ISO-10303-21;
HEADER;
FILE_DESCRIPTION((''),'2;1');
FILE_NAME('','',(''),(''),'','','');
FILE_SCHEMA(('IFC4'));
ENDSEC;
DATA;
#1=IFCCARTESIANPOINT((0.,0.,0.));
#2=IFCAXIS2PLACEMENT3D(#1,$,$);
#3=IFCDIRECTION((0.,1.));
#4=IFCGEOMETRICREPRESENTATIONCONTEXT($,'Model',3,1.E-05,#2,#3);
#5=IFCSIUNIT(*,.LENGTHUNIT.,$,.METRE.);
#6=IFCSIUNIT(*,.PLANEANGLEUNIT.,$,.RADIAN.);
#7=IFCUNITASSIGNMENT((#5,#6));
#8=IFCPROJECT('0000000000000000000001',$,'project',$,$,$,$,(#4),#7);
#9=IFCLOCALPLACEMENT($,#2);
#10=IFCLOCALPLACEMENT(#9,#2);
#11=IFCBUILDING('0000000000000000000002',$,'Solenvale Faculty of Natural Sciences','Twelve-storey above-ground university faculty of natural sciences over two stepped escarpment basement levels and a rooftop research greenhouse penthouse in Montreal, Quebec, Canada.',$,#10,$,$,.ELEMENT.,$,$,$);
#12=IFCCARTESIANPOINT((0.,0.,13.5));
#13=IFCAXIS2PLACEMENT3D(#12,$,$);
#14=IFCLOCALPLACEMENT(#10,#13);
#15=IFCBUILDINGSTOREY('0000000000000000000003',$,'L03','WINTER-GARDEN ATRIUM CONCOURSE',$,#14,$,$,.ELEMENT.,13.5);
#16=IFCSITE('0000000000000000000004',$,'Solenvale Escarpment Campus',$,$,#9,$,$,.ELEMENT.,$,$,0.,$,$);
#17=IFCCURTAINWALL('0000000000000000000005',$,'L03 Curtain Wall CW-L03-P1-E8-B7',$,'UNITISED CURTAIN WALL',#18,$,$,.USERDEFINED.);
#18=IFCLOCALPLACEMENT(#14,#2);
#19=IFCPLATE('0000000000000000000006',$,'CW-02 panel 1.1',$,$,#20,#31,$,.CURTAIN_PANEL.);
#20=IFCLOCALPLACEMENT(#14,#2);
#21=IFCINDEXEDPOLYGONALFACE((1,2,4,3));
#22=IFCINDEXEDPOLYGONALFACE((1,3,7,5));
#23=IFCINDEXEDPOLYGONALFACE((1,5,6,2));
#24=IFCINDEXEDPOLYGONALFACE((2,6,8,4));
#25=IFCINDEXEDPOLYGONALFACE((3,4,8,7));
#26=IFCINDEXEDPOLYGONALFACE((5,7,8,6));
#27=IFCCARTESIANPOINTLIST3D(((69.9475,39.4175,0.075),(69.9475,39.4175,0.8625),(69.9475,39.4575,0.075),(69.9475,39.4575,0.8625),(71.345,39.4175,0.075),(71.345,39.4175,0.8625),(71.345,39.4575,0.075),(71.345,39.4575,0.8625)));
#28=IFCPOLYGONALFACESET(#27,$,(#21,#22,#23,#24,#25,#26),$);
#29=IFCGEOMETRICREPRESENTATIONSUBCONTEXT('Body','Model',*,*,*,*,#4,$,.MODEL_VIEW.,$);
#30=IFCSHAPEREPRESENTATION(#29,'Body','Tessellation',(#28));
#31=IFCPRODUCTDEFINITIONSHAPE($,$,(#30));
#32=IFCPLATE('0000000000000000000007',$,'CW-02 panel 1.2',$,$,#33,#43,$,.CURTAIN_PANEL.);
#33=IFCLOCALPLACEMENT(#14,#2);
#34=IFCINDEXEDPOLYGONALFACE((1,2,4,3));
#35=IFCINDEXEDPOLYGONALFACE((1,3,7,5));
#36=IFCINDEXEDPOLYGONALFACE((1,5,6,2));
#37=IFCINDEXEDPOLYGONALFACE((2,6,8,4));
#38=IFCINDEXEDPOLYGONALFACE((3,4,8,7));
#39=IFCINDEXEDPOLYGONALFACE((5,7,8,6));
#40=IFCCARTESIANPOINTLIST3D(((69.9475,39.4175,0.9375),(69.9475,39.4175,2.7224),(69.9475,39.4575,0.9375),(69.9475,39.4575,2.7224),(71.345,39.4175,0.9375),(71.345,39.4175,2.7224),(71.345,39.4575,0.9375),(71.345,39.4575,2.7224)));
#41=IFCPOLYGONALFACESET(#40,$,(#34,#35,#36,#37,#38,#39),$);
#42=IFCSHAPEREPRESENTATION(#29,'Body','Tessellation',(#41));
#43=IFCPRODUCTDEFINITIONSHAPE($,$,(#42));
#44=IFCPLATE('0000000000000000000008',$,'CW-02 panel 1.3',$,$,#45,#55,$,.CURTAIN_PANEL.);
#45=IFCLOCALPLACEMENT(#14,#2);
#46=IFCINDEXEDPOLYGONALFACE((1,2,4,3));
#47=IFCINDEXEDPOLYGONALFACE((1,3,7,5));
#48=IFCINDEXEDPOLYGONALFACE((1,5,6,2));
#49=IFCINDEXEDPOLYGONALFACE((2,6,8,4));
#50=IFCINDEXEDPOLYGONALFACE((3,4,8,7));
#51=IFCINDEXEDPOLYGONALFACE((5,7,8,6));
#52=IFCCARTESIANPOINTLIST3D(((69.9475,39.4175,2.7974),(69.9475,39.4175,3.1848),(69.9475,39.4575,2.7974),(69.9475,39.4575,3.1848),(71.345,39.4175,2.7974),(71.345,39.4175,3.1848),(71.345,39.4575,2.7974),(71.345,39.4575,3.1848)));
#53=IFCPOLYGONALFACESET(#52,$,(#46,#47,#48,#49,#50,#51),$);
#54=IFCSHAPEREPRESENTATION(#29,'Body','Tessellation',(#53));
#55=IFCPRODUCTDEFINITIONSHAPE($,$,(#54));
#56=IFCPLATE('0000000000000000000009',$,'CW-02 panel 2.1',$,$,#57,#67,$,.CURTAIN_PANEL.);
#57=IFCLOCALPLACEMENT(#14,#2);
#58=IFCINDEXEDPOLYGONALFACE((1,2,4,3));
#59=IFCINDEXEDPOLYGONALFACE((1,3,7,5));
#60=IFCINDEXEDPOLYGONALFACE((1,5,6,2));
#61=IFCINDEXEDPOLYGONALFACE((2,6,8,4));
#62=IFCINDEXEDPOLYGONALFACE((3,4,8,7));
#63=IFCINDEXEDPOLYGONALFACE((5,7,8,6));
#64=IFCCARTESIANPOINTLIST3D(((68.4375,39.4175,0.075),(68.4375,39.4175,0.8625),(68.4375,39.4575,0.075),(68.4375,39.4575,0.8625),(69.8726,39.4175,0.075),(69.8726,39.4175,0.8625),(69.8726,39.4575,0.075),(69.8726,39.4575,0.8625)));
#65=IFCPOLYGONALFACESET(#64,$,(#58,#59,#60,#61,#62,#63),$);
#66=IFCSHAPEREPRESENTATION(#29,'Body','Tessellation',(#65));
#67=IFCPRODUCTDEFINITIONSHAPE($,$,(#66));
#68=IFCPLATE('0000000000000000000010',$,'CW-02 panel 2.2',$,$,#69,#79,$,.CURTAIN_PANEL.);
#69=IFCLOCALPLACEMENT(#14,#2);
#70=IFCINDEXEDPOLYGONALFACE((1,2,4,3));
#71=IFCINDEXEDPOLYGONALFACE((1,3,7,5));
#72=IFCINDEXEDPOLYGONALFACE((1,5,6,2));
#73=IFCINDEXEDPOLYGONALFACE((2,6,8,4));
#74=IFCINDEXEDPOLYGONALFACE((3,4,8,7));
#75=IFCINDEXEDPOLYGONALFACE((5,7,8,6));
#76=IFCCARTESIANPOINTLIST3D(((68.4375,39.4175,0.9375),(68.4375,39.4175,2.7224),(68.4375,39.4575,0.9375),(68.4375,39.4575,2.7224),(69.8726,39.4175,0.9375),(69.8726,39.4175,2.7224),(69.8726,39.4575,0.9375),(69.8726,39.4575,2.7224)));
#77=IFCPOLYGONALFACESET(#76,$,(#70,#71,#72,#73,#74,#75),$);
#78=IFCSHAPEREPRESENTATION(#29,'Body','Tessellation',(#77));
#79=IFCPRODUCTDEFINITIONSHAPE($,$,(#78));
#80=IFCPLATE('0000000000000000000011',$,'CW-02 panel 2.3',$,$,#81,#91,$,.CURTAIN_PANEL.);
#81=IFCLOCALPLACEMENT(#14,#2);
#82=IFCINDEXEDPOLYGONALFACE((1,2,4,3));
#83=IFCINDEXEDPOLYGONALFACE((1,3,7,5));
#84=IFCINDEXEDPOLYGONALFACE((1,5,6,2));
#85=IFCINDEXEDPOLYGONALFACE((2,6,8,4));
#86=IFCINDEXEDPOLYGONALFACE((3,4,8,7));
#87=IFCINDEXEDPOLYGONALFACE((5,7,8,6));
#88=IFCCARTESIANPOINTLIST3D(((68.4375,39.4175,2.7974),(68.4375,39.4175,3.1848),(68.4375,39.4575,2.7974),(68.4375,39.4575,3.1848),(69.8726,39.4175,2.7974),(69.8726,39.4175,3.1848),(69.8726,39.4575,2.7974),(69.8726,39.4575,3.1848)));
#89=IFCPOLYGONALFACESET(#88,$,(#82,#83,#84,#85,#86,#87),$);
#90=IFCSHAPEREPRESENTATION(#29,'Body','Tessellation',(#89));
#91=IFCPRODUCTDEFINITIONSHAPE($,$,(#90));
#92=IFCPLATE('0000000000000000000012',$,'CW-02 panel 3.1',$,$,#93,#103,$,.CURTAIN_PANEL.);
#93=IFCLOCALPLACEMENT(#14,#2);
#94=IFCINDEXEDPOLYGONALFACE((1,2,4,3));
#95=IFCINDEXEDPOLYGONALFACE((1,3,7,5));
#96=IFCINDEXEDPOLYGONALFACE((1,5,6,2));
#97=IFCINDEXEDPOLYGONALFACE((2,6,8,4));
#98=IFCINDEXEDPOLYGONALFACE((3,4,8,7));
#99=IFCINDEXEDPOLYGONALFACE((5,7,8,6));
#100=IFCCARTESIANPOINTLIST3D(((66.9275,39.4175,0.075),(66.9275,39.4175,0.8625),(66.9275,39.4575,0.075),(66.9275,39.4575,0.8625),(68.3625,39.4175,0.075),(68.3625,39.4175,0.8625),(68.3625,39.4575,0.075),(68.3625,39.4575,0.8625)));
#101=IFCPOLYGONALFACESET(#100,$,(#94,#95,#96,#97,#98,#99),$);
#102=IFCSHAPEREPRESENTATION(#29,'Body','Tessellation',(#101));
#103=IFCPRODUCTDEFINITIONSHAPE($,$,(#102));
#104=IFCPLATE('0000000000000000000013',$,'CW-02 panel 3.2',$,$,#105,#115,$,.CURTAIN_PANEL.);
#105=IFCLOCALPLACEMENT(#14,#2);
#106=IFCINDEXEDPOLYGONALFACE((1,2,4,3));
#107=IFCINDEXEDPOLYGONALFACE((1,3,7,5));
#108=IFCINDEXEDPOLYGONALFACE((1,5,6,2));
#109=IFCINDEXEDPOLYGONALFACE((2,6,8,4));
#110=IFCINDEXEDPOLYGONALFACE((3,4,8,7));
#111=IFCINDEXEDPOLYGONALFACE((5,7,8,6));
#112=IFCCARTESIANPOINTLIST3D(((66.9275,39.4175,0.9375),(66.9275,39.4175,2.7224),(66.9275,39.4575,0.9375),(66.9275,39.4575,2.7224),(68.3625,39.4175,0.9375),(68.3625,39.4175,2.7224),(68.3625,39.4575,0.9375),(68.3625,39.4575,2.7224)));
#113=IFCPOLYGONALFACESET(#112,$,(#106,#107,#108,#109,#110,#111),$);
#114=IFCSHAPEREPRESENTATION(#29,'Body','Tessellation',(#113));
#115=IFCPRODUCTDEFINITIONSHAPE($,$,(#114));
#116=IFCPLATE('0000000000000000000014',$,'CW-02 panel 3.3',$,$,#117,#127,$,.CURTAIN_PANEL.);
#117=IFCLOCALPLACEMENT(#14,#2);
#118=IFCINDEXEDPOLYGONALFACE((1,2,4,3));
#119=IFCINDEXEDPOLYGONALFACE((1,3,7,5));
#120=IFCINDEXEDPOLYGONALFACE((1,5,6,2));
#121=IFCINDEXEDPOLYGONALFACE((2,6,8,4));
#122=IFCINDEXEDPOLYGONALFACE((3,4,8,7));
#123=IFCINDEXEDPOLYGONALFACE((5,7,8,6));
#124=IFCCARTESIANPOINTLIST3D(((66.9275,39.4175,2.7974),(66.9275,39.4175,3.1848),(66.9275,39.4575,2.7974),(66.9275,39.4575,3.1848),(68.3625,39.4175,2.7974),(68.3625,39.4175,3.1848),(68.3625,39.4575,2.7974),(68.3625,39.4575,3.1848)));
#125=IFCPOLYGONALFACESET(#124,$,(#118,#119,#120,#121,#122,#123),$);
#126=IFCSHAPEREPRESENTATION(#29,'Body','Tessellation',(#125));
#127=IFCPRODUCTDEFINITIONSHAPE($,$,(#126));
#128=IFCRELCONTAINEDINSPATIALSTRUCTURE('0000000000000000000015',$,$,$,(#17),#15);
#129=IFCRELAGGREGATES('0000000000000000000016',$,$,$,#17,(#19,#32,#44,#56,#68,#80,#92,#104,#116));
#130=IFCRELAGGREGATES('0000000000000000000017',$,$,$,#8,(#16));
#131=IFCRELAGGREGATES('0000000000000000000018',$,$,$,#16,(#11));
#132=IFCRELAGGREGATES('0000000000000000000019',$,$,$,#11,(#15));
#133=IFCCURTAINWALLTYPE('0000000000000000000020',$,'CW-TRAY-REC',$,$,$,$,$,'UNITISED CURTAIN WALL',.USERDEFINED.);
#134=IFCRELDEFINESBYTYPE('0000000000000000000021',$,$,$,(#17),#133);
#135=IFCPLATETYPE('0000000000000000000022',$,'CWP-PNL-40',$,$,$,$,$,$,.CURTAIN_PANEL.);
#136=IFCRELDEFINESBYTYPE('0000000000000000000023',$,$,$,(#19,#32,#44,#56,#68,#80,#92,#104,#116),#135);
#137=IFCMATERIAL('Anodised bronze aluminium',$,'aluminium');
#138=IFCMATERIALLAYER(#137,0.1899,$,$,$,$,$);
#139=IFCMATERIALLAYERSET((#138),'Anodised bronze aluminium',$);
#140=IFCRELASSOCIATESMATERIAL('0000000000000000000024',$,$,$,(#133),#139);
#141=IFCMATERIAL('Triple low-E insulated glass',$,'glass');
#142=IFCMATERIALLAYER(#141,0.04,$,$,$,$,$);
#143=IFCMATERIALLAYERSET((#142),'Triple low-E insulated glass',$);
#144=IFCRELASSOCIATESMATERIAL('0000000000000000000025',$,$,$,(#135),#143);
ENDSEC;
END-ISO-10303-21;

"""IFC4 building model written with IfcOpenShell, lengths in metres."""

from ifc_helpers import new_model, si_unit, direction, frame, origin, origin_2d, place, context, subcontext, project, spatial, rectangle, extrude, material, layer, layer_set, type_object, element, aggregate, save


model = new_model("IFC4")

# Units and contexts
model_context = context("Model", 3, precision=1e-05, world=origin(), true_north=direction((0.0, 1.0)))
body_context = subcontext(model_context, "Body", "Model", "MODEL_VIEW")
ifc_project = project(units=[si_unit("LENGTHUNIT", "METRE"), si_unit("PLANEANGLEUNIT", "RADIAN")], contexts=[model_context])

# Site, building, storey
site_placement = place(None, origin())
site = spatial("IfcSite", under=ifc_project, at=site_placement, Name="Solenvale Escarpment Campus", CompositionType="ELEMENT", RefElevation=0.0)
building_placement = place(site_placement, origin())
building = spatial("IfcBuilding", under=site, at=building_placement, Name="Solenvale Faculty of Natural Sciences", Description="Twelve-storey above-ground university faculty of natural sciences over two stepped escarpment basement levels and a rooftop research greenhouse penthouse in Montreal, Quebec, Canada.", CompositionType="ELEMENT")
storey_placement = place(building_placement, frame((0.0, 0.0, 13.5)))
storey = spatial("IfcBuildingStorey", under=building, at=storey_placement, Name="L03", Description="WINTER-GARDEN ATRIUM CONCOURSE", CompositionType="ELEMENT", Elevation=13.5)

# Curtain wall, plates
ifc_material_1 = material(Name="Anodised bronze aluminium", Category="aluminium")
ifc_layer_1 = layer(ifc_material_1, 0.1899)
ifc_layer_set_1 = layer_set([ifc_layer_1], Name="Anodised bronze aluminium")
curtain_wall_type = type_object("IfcCurtainWallType", Name="CW-TRAY-REC", ElementType="UNITISED CURTAIN WALL", PredefinedType="USERDEFINED", material=ifc_layer_set_1)
curtain_wall_placement = place(storey_placement, origin())
curtain_wall = element("IfcCurtainWall", 1, at=curtain_wall_placement, inside=storey, type_object=curtain_wall_type, Name="L03 Curtain Wall CW-L03-P1-E8-B7", ObjectType="UNITISED CURTAIN WALL", PredefinedType="USERDEFINED")
ifc_material_2 = material(Name="Triple low-E insulated glass", Category="glass")
ifc_layer_2 = layer(ifc_material_2, 0.04)
ifc_layer_set_2 = layer_set([ifc_layer_2], Name="Triple low-E insulated glass")
plate_type = type_object("IfcPlateType", Name="CWP-PNL-40", PredefinedType="CURTAIN_PANEL", material=ifc_layer_set_2)
plate_1_placement = place(storey_placement, frame((70.6462, 39.4375, 0.075), z_axis=(0.0, 0.0, 1.0), x_axis=(-1.0, 0.0, 0.0)))
plate_1 = element("IfcPlate", 2, at=plate_1_placement, type_object=plate_type, Name="CW-02 panel 1.1", PredefinedType="CURTAIN_PANEL", context=body_context, shape_type="SweptSolid", body=[
    extrude(rectangle(XDim=1.3975, YDim=0.04, at=origin_2d()), origin(), (0.0, 0.0, 1.0), 0.7876),
])
plate_2_placement = place(storey_placement, frame((70.6462, 39.4375, 0.9375), z_axis=(0.0, 0.0, 1.0), x_axis=(-1.0, 0.0, 0.0)))
plate_2 = element("IfcPlate", 3, at=plate_2_placement, type_object=plate_type, Name="CW-02 panel 1.2", PredefinedType="CURTAIN_PANEL", context=body_context, shape_type="SweptSolid", body=[
    extrude(rectangle(XDim=1.3975, YDim=0.04, at=origin_2d()), origin(), (0.0, 0.0, 1.0), 1.7849),
])
plate_3_placement = place(storey_placement, frame((70.6462, 39.4375, 2.7974), z_axis=(0.0, 0.0, 1.0), x_axis=(-1.0, 0.0, 0.0)))
plate_3 = element("IfcPlate", 4, at=plate_3_placement, type_object=plate_type, Name="CW-02 panel 1.3", PredefinedType="CURTAIN_PANEL", context=body_context, shape_type="SweptSolid", body=[
    extrude(rectangle(XDim=1.3975, YDim=0.04, at=origin_2d()), origin(), (0.0, 0.0, 1.0), 0.3875),
])
plate_4_placement = place(storey_placement, frame((69.155, 39.4375, 0.075), z_axis=(0.0, 0.0, 1.0), x_axis=(-1.0, 0.0, 0.0)))
plate_4 = element("IfcPlate", 5, at=plate_4_placement, type_object=plate_type, Name="CW-02 panel 2.1", PredefinedType="CURTAIN_PANEL", context=body_context, shape_type="SweptSolid", body=[
    extrude(rectangle(XDim=1.4351, YDim=0.04, at=origin_2d()), origin(), (0.0, 0.0, 1.0), 0.7876),
])
plate_5_placement = place(storey_placement, frame((69.155, 39.4375, 0.9375), z_axis=(0.0, 0.0, 1.0), x_axis=(-1.0, 0.0, 0.0)))
plate_5 = element("IfcPlate", 6, at=plate_5_placement, type_object=plate_type, Name="CW-02 panel 2.2", PredefinedType="CURTAIN_PANEL", context=body_context, shape_type="SweptSolid", body=[
    extrude(rectangle(XDim=1.4351, YDim=0.04, at=origin_2d()), origin(), (0.0, 0.0, 1.0), 1.7849),
])
plate_6_placement = place(storey_placement, frame((69.155, 39.4375, 2.7974), z_axis=(0.0, 0.0, 1.0), x_axis=(-1.0, 0.0, 0.0)))
plate_6 = element("IfcPlate", 7, at=plate_6_placement, type_object=plate_type, Name="CW-02 panel 2.3", PredefinedType="CURTAIN_PANEL", context=body_context, shape_type="SweptSolid", body=[
    extrude(rectangle(XDim=1.4351, YDim=0.04, at=origin_2d()), origin(), (0.0, 0.0, 1.0), 0.3875),
])
plate_7_placement = place(storey_placement, frame((67.645, 39.4375, 0.075), z_axis=(0.0, 0.0, 1.0), x_axis=(-1.0, 0.0, 0.0)))
plate_7 = element("IfcPlate", 8, at=plate_7_placement, type_object=plate_type, Name="CW-02 panel 3.1", PredefinedType="CURTAIN_PANEL", context=body_context, shape_type="SweptSolid", body=[
    extrude(rectangle(XDim=1.4351, YDim=0.04, at=origin_2d()), origin(), (0.0, 0.0, 1.0), 0.7876),
])
plate_8_placement = place(storey_placement, frame((67.645, 39.4375, 0.9375), z_axis=(0.0, 0.0, 1.0), x_axis=(-1.0, 0.0, 0.0)))
plate_8 = element("IfcPlate", 9, at=plate_8_placement, type_object=plate_type, Name="CW-02 panel 3.2", PredefinedType="CURTAIN_PANEL", context=body_context, shape_type="SweptSolid", body=[
    extrude(rectangle(XDim=1.4351, YDim=0.04, at=origin_2d()), origin(), (0.0, 0.0, 1.0), 1.7849),
])
plate_9_placement = place(storey_placement, frame((67.645, 39.4375, 2.7974), z_axis=(0.0, 0.0, 1.0), x_axis=(-1.0, 0.0, 0.0)))
plate_9 = element("IfcPlate", 10, at=plate_9_placement, type_object=plate_type, Name="CW-02 panel 3.3", PredefinedType="CURTAIN_PANEL", context=body_context, shape_type="SweptSolid", body=[
    extrude(rectangle(XDim=1.4351, YDim=0.04, at=origin_2d()), origin(), (0.0, 0.0, 1.0), 0.3875),
])
aggregate(curtain_wall, [plate_1, plate_2, plate_3, plate_4, plate_5, plate_6, plate_7, plate_8, plate_9])

save(model, "model.ifc")
